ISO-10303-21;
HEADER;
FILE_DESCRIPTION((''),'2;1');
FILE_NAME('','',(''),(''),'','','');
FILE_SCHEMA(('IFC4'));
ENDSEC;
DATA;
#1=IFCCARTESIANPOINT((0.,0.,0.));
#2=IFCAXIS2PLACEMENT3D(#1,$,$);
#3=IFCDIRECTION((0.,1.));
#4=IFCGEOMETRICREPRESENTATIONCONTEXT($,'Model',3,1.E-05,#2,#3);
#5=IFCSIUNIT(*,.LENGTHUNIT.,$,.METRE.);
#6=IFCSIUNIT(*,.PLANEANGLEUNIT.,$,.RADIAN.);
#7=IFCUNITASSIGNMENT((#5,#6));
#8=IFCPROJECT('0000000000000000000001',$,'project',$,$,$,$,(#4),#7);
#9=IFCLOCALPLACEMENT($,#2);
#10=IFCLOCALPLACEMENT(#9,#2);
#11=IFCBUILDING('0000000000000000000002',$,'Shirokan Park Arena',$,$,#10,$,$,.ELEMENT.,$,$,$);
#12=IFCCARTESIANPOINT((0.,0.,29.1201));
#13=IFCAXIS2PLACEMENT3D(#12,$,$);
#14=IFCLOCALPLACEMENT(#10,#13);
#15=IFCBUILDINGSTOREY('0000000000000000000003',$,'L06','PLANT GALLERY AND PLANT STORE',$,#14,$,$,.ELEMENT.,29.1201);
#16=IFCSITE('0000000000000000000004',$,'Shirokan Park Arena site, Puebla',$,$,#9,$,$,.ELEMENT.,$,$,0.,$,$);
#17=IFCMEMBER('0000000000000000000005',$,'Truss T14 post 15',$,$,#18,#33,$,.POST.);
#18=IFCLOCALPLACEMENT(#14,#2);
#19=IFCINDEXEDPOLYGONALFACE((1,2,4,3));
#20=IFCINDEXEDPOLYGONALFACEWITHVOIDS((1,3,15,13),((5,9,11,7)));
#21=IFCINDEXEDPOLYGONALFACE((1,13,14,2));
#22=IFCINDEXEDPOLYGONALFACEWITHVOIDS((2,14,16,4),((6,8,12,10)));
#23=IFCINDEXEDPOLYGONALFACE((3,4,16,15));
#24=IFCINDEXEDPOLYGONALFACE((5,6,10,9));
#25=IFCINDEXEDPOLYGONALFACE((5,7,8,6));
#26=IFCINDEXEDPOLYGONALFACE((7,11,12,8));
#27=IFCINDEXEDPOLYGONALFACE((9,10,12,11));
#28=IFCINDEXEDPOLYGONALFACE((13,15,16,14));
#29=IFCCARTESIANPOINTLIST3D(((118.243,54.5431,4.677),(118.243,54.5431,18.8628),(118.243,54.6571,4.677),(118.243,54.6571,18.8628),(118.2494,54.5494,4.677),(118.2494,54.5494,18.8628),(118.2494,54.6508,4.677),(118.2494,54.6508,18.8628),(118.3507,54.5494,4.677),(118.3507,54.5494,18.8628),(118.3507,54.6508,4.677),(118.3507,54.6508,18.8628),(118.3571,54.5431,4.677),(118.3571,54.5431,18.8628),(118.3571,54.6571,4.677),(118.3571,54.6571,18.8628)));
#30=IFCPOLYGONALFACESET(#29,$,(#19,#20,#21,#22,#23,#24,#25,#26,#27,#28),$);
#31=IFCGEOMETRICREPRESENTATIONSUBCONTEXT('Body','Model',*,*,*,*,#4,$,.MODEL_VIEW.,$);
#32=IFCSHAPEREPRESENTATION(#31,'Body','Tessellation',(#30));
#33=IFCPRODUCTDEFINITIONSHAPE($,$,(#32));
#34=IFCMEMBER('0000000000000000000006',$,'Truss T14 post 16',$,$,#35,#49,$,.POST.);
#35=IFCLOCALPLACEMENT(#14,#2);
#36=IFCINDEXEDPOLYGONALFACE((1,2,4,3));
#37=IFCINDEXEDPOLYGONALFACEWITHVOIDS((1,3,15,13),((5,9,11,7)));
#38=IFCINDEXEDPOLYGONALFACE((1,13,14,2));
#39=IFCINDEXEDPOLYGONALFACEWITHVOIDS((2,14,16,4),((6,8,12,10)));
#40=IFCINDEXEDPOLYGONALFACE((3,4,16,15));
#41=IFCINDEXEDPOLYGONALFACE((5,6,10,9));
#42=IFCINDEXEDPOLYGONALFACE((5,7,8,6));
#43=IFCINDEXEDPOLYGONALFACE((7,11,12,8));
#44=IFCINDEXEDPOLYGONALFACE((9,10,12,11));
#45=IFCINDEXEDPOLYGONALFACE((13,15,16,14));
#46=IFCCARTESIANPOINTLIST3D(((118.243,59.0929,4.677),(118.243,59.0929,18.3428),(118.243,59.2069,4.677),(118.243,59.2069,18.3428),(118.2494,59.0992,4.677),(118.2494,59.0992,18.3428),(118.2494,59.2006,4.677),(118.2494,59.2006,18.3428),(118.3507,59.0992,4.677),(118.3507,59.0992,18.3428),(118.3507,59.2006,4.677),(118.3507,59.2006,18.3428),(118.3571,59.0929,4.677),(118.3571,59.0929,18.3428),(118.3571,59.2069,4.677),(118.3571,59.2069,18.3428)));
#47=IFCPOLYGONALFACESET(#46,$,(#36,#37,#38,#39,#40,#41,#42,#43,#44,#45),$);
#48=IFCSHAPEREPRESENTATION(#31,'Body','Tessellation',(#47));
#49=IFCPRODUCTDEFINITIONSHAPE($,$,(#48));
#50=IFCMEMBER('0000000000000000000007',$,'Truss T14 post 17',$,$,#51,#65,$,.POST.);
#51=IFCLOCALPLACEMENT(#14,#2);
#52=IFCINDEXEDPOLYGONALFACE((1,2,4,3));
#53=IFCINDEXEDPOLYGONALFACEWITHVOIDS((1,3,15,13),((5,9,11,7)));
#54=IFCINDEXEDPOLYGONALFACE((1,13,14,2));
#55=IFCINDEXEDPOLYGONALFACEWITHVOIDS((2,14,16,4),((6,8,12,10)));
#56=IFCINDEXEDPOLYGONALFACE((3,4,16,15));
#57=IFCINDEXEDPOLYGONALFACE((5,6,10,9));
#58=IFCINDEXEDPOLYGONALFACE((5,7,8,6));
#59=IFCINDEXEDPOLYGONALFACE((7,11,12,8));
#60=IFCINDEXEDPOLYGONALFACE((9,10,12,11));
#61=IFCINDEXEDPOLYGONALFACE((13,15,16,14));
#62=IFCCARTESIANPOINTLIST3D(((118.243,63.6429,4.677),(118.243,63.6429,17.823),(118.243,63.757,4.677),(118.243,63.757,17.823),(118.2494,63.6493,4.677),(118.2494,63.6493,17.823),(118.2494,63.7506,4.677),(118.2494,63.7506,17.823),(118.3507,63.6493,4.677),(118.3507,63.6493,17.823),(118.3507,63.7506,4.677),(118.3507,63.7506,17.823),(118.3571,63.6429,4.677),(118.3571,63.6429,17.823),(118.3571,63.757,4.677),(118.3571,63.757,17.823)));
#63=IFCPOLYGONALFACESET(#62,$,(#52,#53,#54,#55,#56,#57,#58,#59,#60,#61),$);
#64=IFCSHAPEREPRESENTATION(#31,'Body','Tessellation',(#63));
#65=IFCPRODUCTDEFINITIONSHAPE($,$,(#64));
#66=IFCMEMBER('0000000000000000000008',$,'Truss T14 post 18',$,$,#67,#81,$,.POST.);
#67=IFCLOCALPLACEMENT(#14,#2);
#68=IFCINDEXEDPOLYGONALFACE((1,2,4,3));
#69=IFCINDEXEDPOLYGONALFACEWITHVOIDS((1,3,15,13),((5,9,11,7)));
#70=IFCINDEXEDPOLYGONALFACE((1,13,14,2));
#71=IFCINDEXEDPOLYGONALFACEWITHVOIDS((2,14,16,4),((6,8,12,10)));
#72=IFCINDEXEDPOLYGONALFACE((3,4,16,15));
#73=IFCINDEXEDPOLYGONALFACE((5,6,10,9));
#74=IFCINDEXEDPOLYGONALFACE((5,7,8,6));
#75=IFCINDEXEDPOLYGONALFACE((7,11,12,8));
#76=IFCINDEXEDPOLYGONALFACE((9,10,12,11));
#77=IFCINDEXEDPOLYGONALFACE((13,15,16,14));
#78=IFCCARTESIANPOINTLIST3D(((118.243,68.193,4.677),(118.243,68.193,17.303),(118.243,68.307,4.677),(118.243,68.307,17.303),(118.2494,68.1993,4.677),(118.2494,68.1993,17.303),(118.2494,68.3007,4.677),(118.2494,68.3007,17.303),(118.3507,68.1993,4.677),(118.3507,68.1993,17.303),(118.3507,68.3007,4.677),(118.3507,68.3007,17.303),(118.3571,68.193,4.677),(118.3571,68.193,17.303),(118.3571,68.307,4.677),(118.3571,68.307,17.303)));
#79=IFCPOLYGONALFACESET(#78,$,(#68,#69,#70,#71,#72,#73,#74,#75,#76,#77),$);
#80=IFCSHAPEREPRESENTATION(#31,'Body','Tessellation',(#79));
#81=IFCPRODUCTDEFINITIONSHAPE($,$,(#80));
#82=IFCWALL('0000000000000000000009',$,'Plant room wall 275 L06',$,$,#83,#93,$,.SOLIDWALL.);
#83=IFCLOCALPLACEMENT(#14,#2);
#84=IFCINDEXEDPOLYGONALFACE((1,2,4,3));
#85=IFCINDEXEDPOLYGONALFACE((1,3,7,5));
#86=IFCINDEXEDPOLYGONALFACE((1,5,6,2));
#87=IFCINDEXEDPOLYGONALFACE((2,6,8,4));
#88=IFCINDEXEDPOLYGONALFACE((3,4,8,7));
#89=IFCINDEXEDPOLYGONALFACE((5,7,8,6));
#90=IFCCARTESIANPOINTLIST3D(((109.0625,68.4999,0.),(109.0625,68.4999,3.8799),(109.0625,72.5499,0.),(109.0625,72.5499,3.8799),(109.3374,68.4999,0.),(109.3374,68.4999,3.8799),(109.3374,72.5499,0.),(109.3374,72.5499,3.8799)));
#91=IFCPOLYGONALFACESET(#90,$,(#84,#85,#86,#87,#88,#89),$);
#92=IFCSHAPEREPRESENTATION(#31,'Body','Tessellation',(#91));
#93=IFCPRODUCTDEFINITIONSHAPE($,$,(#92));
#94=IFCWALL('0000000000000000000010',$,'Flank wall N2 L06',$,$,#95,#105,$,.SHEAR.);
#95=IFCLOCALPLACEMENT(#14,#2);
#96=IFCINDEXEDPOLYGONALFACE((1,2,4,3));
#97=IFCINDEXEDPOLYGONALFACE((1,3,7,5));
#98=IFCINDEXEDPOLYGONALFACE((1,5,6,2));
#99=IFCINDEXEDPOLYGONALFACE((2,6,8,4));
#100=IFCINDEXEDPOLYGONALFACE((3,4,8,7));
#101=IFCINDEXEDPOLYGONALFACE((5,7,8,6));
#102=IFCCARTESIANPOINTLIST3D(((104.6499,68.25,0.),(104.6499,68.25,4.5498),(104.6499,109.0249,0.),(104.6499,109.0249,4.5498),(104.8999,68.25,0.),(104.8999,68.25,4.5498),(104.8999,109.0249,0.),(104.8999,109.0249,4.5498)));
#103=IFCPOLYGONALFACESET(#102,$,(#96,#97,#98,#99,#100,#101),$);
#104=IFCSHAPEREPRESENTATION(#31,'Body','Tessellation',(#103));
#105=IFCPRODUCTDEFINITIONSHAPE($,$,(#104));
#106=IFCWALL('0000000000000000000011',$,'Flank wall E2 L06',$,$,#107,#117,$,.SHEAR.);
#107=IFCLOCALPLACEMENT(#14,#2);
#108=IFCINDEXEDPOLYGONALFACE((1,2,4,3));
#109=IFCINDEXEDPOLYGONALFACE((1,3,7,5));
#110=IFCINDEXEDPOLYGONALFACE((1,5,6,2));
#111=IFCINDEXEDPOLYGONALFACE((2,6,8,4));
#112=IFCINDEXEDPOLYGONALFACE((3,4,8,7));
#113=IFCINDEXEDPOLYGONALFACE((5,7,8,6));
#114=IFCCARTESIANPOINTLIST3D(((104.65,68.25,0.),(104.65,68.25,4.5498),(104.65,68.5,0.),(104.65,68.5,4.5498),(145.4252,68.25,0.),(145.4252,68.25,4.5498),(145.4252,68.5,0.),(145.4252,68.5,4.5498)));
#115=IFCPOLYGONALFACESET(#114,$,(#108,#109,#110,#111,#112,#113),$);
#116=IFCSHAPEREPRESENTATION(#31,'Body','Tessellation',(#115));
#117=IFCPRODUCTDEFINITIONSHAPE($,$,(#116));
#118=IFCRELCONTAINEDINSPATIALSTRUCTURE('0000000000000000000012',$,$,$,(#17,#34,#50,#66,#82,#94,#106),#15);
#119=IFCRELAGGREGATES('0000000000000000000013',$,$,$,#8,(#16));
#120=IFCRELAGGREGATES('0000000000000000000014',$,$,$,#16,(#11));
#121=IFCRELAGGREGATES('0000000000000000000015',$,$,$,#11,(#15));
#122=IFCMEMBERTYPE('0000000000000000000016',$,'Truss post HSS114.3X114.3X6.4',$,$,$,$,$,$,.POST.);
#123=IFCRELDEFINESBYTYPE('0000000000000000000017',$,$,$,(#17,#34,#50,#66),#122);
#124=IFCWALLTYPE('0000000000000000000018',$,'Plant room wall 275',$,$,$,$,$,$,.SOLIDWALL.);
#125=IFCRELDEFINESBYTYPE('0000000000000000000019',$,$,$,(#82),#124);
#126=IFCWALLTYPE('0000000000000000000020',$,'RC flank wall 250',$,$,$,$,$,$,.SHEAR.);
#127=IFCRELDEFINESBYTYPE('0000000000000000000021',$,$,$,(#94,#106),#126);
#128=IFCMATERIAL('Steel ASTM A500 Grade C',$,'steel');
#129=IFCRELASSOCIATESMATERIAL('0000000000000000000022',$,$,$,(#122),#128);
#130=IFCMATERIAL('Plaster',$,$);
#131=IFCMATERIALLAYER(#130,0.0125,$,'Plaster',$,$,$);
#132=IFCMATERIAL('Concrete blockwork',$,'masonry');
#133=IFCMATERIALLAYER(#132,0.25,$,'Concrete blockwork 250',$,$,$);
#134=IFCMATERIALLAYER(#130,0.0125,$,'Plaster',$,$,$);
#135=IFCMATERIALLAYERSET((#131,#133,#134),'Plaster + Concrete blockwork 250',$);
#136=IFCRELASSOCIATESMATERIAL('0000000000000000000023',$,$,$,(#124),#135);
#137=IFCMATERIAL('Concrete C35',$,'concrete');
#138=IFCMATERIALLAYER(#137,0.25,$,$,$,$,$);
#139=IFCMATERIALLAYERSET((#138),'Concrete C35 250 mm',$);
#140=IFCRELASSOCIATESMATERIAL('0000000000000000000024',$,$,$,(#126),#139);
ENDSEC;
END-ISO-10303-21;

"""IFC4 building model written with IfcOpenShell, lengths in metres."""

from ifc_helpers import new_model, si_unit, direction, frame, frame_2d, origin, origin_2d, place, context, subcontext, project, spatial, rectangle, hollow_rectangle, extrude, material, layer, layer_set, material_profile, profile_set, type_object, element, save


model = new_model("IFC4")

# Units and contexts
model_context = context("Model", 3, precision=1e-05, world=origin(), true_north=direction((0.0, 1.0)))
body_context = subcontext(model_context, "Body", "Model", "MODEL_VIEW")
ifc_project = project(units=[si_unit("LENGTHUNIT", "METRE"), si_unit("PLANEANGLEUNIT", "RADIAN")], contexts=[model_context])

# Site, building, storey
site_placement = place(None, origin())
site = spatial("IfcSite", under=ifc_project, at=site_placement, Name="Shirokan Park Arena site, Puebla", CompositionType="ELEMENT", RefElevation=0.0)
building_placement = place(site_placement, origin())
building = spatial("IfcBuilding", under=site, at=building_placement, Name="Shirokan Park Arena", CompositionType="ELEMENT")
storey_placement = place(building_placement, frame((0.0, 0.0, 29.1201)))
storey = spatial("IfcBuildingStorey", under=building, at=storey_placement, Name="L06", Description="PLANT GALLERY AND PLANT STORE", CompositionType="ELEMENT", Elevation=29.1201)

# Members
ifc_material_1 = material(Name="Steel ASTM A500 Grade C", Category="steel")
ifc_material_profile_1 = material_profile(ifc_material_1, hollow_rectangle(XDim=0.114, YDim=0.114, WallThickness=0.0063, at=origin_2d()), Name="HSS114.3X114.3X6.4")
ifc_profile_set_1 = profile_set([ifc_material_profile_1], Name="Steel ASTM A500 Grade C")
member_type_1 = type_object("IfcMemberType", Name="Truss post HSS114.3X114.3X6.4", PredefinedType="POST", material=ifc_profile_set_1)
member_1_placement = place(storey_placement, frame((118.3, 54.6001, 4.677), z_axis=(0.0, 0.0, 1.0), x_axis=(1.0, 0.0, 0.0)))
element("IfcMember", 1, at=member_1_placement, inside=storey, type_object=member_type_1, Name="Truss T14 post 15", PredefinedType="POST", context=body_context, shape_type="SweptSolid", body=[
    extrude(hollow_rectangle(XDim=0.114, YDim=0.114, WallThickness=0.0063, at=origin_2d()), origin(), (0.0, 0.0, 1.0), 14.1858),
])
member_2_placement = place(storey_placement, frame((118.3, 59.1499, 4.677), z_axis=(0.0, 0.0, 1.0), x_axis=(1.0, 0.0, 0.0)))
element("IfcMember", 2, at=member_2_placement, inside=storey, type_object=member_type_1, Name="Truss T14 post 16", PredefinedType="POST", context=body_context, shape_type="SweptSolid", body=[
    extrude(hollow_rectangle(XDim=0.114, YDim=0.114, WallThickness=0.0063, at=origin_2d()), origin(), (0.0, 0.0, 1.0), 13.6658),
])
member_3_placement = place(storey_placement, frame((118.3, 63.7, 4.677), z_axis=(0.0, 0.0, 1.0), x_axis=(1.0, 0.0, 0.0)))
element("IfcMember", 3, at=member_3_placement, inside=storey, type_object=member_type_1, Name="Truss T14 post 17", PredefinedType="POST", context=body_context, shape_type="SweptSolid", body=[
    extrude(hollow_rectangle(XDim=0.114, YDim=0.114, WallThickness=0.0063, at=origin_2d()), origin(), (0.0, 0.0, 1.0), 13.146),
])
member_4_placement = place(storey_placement, frame((118.3, 68.25, 4.677), z_axis=(0.0, 0.0, 1.0), x_axis=(1.0, 0.0, 0.0)))
element("IfcMember", 4, at=member_4_placement, inside=storey, type_object=member_type_1, Name="Truss T14 post 18", PredefinedType="POST", context=body_context, shape_type="SweptSolid", body=[
    extrude(hollow_rectangle(XDim=0.114, YDim=0.114, WallThickness=0.0063, at=origin_2d()), origin(), (0.0, 0.0, 1.0), 12.626),
])

# Walls
ifc_material_2 = material(Name="Plaster")
ifc_layer_1 = layer(ifc_material_2, 0.0125, Name="Plaster")
ifc_material_3 = material(Name="Concrete blockwork", Category="masonry")
ifc_layer_2 = layer(ifc_material_3, 0.25, Name="Concrete blockwork 250")
ifc_layer_3 = layer(ifc_material_2, 0.0125, Name="Plaster")
ifc_layer_set_1 = layer_set([ifc_layer_1, ifc_layer_2, ifc_layer_3], Name="Plaster + Concrete blockwork 250")
wall_type_1 = type_object("IfcWallType", Name="Plant room wall 275", PredefinedType="SOLIDWALL", material=ifc_layer_set_1)
wall_1_placement = place(storey_placement, frame((109.2, 68.5, 0.0), z_axis=(0.0, 0.0, 1.0), x_axis=(0.0, 1.0, 0.0)))
element("IfcWall", 5, at=wall_1_placement, inside=storey, type_object=wall_type_1, Name="Plant room wall 275 L06", PredefinedType="SOLIDWALL", context=body_context, shape_type="SweptSolid", body=[
    extrude(rectangle(XDim=4.05, YDim=0.2749, at=frame_2d((2.0249, 0.0))), origin(), (0.0, 0.0, 1.0), 3.8799),
])
ifc_material_4 = material(Name="Concrete C35", Category="concrete")
ifc_layer_4 = layer(ifc_material_4, 0.25)
ifc_layer_set_2 = layer_set([ifc_layer_4], Name="Concrete C35 250 mm")
wall_type_2 = type_object("IfcWallType", Name="RC flank wall 250", PredefinedType="SHEAR", material=ifc_layer_set_2)
wall_2_placement = place(storey_placement, frame((104.7749, 68.25, 0.0), z_axis=(0.0, 0.0, 1.0), x_axis=(0.0, 1.0, 0.0)))
element("IfcWall", 6, at=wall_2_placement, inside=storey, type_object=wall_type_2, Name="Flank wall N2 L06", PredefinedType="SHEAR", context=body_context, shape_type="SweptSolid", body=[
    extrude(rectangle(XDim=40.7749, YDim=0.25, at=frame_2d((20.3875, 0.0))), origin(), (0.0, 0.0, 1.0), 4.5498),
])
wall_3_placement = place(storey_placement, frame((104.6499, 68.375, 0.0), z_axis=(0.0, 0.0, 1.0), x_axis=(1.0, 0.0, 0.0)))
element("IfcWall", 7, at=wall_3_placement, inside=storey, type_object=wall_type_2, Name="Flank wall E2 L06", PredefinedType="SHEAR", context=body_context, shape_type="SweptSolid", body=[
    extrude(rectangle(XDim=40.7751, YDim=0.25, at=frame_2d((20.3877, 0.0))), origin(), (0.0, 0.0, 1.0), 4.5498),
])

save(model, "model.ifc")
